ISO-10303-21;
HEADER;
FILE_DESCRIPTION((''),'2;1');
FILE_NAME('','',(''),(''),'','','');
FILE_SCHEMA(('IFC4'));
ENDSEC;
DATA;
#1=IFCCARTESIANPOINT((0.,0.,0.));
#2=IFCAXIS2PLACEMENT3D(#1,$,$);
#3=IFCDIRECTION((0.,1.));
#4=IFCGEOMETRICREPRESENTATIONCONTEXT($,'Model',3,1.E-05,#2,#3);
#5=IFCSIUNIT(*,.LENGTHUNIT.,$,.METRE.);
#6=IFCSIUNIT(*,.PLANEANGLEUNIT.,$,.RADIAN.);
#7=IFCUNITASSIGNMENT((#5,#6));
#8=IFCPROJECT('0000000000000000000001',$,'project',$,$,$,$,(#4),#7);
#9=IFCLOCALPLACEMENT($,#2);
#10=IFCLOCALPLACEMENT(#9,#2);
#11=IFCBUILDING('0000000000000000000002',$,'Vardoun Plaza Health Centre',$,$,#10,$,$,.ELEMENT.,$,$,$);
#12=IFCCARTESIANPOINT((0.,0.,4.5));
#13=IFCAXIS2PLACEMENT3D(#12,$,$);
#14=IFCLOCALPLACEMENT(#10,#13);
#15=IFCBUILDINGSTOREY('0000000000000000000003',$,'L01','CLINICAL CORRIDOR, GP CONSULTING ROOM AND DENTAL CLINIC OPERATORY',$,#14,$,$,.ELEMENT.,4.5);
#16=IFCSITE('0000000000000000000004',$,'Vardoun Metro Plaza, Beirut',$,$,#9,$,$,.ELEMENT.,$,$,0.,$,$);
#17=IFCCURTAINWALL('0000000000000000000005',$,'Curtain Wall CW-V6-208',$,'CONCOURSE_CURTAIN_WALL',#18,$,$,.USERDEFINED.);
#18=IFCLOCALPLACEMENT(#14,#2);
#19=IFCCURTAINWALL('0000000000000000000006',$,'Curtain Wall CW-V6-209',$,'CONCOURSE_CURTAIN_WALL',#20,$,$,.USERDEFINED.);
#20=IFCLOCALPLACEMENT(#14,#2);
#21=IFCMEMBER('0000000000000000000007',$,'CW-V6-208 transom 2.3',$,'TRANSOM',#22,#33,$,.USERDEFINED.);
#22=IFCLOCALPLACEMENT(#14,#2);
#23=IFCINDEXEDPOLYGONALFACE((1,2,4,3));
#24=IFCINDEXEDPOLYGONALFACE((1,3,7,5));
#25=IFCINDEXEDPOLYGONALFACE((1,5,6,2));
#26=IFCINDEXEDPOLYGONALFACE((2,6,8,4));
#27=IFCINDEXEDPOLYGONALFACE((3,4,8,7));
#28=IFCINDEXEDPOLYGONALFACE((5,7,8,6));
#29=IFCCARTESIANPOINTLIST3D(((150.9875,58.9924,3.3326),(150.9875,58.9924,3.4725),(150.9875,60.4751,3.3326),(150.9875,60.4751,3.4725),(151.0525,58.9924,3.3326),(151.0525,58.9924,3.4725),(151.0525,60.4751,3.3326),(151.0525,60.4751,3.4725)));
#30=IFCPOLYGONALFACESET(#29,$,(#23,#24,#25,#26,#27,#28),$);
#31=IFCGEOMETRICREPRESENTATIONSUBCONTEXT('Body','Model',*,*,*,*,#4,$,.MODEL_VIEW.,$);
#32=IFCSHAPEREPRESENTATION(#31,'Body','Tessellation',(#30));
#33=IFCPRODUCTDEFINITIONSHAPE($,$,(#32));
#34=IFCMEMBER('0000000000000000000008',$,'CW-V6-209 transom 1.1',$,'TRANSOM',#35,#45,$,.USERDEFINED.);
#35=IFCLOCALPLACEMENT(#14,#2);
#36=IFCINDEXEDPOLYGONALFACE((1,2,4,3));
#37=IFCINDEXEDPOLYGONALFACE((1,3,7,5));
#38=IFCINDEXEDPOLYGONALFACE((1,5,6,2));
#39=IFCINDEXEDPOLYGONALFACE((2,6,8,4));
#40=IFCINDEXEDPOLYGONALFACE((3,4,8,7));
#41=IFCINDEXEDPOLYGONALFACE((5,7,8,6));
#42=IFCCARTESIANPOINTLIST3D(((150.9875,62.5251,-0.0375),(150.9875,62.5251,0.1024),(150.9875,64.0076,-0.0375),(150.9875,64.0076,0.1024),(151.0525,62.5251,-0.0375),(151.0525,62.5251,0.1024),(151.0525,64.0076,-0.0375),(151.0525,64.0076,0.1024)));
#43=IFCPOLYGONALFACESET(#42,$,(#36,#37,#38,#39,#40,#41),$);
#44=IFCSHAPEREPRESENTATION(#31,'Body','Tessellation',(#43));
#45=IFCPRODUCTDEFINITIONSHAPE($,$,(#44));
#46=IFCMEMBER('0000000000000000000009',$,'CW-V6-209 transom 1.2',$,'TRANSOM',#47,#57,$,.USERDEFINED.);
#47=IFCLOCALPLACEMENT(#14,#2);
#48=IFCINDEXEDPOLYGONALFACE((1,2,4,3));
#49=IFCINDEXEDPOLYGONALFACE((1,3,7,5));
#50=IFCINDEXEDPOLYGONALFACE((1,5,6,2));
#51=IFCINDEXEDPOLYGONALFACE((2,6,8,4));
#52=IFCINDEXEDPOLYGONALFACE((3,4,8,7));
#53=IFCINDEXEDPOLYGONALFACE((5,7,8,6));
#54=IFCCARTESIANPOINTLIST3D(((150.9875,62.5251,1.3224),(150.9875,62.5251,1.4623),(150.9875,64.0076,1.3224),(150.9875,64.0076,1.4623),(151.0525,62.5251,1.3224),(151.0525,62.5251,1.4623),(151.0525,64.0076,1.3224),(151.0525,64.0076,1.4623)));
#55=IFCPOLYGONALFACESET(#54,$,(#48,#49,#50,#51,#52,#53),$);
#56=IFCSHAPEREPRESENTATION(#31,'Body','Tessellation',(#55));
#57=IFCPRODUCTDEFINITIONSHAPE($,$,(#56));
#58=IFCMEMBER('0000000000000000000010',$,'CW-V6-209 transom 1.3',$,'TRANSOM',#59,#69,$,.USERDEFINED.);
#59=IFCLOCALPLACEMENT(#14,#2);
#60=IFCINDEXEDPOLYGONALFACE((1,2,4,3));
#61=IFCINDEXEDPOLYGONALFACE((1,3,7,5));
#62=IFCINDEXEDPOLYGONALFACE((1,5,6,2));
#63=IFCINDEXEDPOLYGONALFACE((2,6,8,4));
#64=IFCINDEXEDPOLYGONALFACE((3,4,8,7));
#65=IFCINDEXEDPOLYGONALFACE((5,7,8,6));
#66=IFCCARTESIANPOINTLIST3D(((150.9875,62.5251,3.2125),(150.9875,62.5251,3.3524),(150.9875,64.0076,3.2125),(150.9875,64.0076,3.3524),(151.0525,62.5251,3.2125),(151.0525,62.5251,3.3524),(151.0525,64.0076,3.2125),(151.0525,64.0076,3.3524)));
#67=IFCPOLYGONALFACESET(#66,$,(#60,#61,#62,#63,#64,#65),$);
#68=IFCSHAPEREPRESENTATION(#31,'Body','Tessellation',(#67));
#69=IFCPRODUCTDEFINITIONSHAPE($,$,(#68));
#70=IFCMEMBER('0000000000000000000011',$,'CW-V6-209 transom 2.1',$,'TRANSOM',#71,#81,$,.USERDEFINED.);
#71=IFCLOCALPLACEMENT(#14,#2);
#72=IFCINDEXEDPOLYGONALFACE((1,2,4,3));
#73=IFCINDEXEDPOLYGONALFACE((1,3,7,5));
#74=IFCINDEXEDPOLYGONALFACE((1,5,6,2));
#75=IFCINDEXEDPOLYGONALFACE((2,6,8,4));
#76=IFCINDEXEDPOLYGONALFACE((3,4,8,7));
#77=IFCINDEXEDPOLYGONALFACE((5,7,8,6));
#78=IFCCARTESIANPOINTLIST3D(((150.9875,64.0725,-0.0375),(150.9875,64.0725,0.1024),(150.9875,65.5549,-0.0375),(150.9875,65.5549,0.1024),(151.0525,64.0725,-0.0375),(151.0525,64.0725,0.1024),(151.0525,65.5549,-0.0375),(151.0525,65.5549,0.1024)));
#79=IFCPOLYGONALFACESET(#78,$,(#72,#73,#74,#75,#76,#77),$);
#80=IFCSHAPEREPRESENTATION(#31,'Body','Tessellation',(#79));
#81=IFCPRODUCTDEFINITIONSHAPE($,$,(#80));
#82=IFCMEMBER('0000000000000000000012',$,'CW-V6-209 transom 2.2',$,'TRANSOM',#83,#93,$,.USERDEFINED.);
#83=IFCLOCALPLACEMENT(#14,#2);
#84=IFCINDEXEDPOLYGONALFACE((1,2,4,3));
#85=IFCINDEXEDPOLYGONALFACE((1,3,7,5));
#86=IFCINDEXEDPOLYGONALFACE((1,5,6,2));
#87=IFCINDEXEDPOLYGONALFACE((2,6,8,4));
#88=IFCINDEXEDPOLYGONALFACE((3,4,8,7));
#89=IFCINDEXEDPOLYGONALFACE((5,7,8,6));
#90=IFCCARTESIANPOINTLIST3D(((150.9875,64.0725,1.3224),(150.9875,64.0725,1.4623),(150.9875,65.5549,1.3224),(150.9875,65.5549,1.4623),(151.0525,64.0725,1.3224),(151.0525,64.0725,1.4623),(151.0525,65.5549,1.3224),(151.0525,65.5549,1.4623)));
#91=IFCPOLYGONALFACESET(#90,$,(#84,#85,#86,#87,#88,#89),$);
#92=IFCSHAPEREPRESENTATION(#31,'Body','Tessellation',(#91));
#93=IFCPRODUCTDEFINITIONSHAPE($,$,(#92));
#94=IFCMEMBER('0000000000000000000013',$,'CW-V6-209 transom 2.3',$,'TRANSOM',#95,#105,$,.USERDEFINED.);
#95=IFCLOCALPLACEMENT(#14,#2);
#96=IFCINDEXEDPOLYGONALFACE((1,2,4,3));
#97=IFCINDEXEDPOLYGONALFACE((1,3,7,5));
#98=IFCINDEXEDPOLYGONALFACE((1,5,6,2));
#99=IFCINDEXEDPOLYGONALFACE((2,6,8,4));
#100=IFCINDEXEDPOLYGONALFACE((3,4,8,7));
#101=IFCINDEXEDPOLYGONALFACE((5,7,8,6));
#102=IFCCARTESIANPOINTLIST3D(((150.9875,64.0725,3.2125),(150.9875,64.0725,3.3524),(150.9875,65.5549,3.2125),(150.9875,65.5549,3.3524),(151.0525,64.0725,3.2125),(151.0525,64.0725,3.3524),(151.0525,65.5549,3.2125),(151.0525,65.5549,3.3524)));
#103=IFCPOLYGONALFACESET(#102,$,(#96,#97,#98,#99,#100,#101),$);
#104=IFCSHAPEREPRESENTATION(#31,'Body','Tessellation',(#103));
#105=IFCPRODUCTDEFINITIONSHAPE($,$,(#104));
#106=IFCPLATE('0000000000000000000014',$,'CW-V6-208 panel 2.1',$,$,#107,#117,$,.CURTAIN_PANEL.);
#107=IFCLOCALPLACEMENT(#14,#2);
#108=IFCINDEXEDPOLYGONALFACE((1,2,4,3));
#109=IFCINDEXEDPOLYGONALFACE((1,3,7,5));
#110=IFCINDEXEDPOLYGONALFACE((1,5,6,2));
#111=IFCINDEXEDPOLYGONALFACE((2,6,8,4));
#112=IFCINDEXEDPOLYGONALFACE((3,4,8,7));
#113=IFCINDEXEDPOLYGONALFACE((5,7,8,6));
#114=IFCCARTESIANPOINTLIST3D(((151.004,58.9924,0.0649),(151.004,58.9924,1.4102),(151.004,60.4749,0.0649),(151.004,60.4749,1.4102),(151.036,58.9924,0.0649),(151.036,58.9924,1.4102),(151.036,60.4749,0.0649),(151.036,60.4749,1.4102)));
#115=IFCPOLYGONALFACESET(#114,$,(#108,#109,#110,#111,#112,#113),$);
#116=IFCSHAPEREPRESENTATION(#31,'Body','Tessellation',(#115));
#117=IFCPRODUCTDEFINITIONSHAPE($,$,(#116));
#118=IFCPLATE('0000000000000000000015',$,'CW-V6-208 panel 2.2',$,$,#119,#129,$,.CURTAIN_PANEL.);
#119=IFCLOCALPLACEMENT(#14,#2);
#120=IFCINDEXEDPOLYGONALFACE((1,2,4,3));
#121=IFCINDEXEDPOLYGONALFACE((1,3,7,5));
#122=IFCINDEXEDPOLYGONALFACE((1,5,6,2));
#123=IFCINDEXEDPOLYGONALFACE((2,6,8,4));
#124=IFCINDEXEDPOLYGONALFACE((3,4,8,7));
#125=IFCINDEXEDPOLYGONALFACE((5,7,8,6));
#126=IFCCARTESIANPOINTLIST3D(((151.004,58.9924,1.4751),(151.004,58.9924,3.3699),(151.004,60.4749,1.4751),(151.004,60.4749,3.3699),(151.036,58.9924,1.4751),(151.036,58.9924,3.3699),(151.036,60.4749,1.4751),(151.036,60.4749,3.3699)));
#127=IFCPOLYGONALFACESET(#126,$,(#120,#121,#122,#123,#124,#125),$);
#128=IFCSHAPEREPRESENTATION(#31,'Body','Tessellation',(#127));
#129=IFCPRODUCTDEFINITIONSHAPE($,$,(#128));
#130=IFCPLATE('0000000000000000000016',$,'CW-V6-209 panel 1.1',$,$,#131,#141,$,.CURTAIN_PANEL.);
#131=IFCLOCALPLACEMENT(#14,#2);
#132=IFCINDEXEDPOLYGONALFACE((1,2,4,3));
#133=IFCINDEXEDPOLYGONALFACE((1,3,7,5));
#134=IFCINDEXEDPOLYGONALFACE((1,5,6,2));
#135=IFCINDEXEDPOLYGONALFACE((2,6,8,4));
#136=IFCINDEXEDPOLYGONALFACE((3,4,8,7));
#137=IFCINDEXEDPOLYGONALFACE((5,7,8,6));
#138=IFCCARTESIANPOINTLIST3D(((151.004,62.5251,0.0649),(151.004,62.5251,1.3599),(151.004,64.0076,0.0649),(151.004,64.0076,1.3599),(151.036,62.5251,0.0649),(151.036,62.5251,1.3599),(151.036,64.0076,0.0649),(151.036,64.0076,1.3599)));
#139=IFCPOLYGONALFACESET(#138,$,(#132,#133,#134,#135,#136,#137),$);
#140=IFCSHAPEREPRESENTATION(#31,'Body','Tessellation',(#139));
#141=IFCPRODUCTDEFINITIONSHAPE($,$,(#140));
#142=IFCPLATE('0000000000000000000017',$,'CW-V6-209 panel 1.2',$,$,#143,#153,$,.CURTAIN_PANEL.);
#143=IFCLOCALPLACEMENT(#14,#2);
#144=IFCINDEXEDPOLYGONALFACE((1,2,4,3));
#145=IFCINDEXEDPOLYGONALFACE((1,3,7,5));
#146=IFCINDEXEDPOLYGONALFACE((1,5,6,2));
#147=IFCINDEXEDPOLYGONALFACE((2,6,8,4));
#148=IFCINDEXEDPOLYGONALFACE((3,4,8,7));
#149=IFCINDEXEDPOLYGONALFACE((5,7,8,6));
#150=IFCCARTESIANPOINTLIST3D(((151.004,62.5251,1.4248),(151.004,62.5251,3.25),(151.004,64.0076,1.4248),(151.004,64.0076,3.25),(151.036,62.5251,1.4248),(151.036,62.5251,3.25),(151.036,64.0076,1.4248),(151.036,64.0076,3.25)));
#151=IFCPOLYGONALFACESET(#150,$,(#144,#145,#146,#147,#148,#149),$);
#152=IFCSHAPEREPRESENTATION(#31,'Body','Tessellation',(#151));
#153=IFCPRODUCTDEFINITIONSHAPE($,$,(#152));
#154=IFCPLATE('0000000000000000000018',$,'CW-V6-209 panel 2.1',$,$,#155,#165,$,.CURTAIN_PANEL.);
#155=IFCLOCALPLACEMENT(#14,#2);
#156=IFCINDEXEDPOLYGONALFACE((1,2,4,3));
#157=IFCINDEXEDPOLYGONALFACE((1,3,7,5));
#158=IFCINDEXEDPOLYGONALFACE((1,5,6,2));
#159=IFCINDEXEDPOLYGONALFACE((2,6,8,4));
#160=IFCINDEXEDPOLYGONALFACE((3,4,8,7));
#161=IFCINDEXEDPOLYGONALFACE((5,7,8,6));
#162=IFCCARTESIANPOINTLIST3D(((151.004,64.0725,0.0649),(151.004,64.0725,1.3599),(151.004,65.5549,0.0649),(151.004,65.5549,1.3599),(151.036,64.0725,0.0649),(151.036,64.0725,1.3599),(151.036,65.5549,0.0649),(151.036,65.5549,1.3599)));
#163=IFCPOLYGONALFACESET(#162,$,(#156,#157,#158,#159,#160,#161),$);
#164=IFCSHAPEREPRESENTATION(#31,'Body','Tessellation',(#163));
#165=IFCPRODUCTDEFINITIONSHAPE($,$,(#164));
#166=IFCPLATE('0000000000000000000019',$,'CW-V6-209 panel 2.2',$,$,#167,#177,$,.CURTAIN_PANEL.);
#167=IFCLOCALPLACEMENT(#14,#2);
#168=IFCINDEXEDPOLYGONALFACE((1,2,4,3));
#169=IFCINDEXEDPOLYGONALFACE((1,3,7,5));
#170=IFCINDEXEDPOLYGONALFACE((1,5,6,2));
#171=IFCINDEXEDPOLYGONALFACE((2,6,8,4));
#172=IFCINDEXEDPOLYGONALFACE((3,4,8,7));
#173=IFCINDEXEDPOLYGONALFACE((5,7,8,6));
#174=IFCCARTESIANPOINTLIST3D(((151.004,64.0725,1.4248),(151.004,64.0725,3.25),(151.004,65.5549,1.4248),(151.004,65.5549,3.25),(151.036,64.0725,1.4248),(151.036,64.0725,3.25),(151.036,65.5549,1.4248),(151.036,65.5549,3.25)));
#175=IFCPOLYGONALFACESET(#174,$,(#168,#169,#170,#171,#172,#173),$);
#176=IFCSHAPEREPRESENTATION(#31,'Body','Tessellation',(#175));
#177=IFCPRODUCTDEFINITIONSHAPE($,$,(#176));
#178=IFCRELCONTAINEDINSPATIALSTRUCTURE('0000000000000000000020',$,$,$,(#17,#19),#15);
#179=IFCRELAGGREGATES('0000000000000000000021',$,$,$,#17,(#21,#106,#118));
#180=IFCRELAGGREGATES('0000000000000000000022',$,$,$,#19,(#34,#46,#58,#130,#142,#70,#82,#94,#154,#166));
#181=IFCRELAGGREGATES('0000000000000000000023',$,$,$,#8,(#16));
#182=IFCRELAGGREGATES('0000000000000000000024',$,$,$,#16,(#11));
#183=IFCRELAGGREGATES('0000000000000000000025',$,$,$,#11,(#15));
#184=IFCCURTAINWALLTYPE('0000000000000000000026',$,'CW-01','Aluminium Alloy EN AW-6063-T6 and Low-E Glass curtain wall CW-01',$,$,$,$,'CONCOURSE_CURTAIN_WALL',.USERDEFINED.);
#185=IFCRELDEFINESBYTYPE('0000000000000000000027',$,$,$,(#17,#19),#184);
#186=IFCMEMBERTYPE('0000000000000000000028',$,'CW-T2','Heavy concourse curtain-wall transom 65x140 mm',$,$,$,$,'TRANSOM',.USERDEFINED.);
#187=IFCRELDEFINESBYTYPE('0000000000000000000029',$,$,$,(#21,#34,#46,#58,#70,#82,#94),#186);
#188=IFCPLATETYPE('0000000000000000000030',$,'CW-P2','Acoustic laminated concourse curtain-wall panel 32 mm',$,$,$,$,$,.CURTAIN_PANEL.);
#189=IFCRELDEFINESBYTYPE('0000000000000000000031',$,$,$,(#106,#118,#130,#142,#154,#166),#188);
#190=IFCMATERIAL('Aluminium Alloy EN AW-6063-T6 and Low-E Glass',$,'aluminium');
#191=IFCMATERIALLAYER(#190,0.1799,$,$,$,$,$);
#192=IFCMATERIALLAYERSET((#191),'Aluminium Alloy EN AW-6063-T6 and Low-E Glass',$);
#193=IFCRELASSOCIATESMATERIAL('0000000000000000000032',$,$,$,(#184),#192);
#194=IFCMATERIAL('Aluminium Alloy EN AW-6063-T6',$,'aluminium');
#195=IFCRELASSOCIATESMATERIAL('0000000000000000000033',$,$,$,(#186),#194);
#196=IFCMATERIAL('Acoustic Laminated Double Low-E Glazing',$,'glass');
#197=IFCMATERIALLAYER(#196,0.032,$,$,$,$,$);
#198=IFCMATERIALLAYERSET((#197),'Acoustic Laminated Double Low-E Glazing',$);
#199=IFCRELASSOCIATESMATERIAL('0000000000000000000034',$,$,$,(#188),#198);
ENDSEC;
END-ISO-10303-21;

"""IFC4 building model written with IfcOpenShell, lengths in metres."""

from ifc_helpers import new_model, si_unit, direction, frame, origin, origin_2d, place, context, subcontext, project, spatial, rectangle, extrude, material, layer, layer_set, material_profile, profile_set, type_object, element, aggregate, save


model = new_model("IFC4")

# Units and contexts
model_context = context("Model", 3, precision=1e-05, world=origin(), true_north=direction((0.0, 1.0)))
body_context = subcontext(model_context, "Body", "Model", "MODEL_VIEW")
ifc_project = project(units=[si_unit("LENGTHUNIT", "METRE"), si_unit("PLANEANGLEUNIT", "RADIAN")], contexts=[model_context])

# Site, building, storey
site_placement = place(None, origin())
site = spatial("IfcSite", under=ifc_project, at=site_placement, Name="Vardoun Metro Plaza, Beirut", CompositionType="ELEMENT", RefElevation=0.0)
building_placement = place(site_placement, origin())
building = spatial("IfcBuilding", under=site, at=building_placement, Name="Vardoun Plaza Health Centre", CompositionType="ELEMENT")
storey_placement = place(building_placement, frame((0.0, 0.0, 4.5)))
storey = spatial("IfcBuildingStorey", under=building, at=storey_placement, Name="L01", Description="CLINICAL CORRIDOR, GP CONSULTING ROOM AND DENTAL CLINIC OPERATORY", CompositionType="ELEMENT", Elevation=4.5)

# Curtain wall
ifc_material_1 = material(Name="Aluminium Alloy EN AW-6063-T6 and Low-E Glass", Category="aluminium")
ifc_layer_1 = layer(ifc_material_1, 0.1799)
ifc_layer_set_1 = layer_set([ifc_layer_1], Name="Aluminium Alloy EN AW-6063-T6 and Low-E Glass")
curtain_wall_type = type_object("IfcCurtainWallType", Name="CW-01", Description="Aluminium Alloy EN AW-6063-T6 and Low-E Glass curtain wall CW-01", ElementType="CONCOURSE_CURTAIN_WALL", PredefinedType="USERDEFINED", material=ifc_layer_set_1)
curtain_wall_1_placement = place(storey_placement, origin())
curtain_wall_1 = element("IfcCurtainWall", 1, at=curtain_wall_1_placement, inside=storey, type_object=curtain_wall_type, Name="Curtain Wall CW-V6-208", ObjectType="CONCOURSE_CURTAIN_WALL", PredefinedType="USERDEFINED")

# Curtain wall
curtain_wall_2_placement = place(storey_placement, origin())
curtain_wall_2 = element("IfcCurtainWall", 2, at=curtain_wall_2_placement, inside=storey, type_object=curtain_wall_type, Name="Curtain Wall CW-V6-209", ObjectType="CONCOURSE_CURTAIN_WALL", PredefinedType="USERDEFINED")

# Members
ifc_material_2 = material(Name="Aluminium Alloy EN AW-6063-T6", Category="aluminium")
ifc_material_profile_1 = material_profile(ifc_material_2, rectangle(XDim=0.0649, YDim=0.1399, at=origin_2d()), Name="CWT 65x140")
ifc_profile_set_1 = profile_set([ifc_material_profile_1], Name="Aluminium Alloy EN AW-6063-T6")
member_type_1 = type_object("IfcMemberType", Name="CW-T2", Description="Heavy concourse curtain-wall transom 65x140 mm", ElementType="TRANSOM", PredefinedType="USERDEFINED", material=ifc_profile_set_1)
member_1_placement = place(storey_placement, frame((151.02, 58.9924, 3.4026), z_axis=(0.0, 1.0, 0.0), x_axis=(-1.0, 0.0, 0.0)))
member_1 = element("IfcMember", 3, at=member_1_placement, type_object=member_type_1, Name="CW-V6-208 transom 2.3", ObjectType="TRANSOM", PredefinedType="USERDEFINED", context=body_context, shape_type="SweptSolid", body=[
    extrude(rectangle(XDim=0.0649, YDim=0.1399, at=origin_2d()), origin(), (0.0, 0.0, 1.0), 1.4827),
])
member_2_placement = place(storey_placement, frame((151.02, 62.5251, 0.0325), z_axis=(0.0, 1.0, 0.0), x_axis=(-1.0, 0.0, 0.0)))
member_2 = element("IfcMember", 4, at=member_2_placement, type_object=member_type_1, Name="CW-V6-209 transom 1.1", ObjectType="TRANSOM", PredefinedType="USERDEFINED", context=body_context, shape_type="SweptSolid", body=[
    extrude(rectangle(XDim=0.0649, YDim=0.1399, at=origin_2d()), origin(), (0.0, 0.0, 1.0), 1.4824),
])
member_3_placement = place(storey_placement, frame((151.02, 62.5251, 1.3923), z_axis=(0.0, 1.0, 0.0), x_axis=(-1.0, 0.0, 0.0)))
member_3 = element("IfcMember", 5, at=member_3_placement, type_object=member_type_1, Name="CW-V6-209 transom 1.2", ObjectType="TRANSOM", PredefinedType="USERDEFINED", context=body_context, shape_type="SweptSolid", body=[
    extrude(rectangle(XDim=0.0649, YDim=0.1399, at=origin_2d()), origin(), (0.0, 0.0, 1.0), 1.4824),
])
member_4_placement = place(storey_placement, frame((151.02, 62.5251, 3.2825), z_axis=(0.0, 1.0, 0.0), x_axis=(-1.0, 0.0, 0.0)))
member_4 = element("IfcMember", 6, at=member_4_placement, type_object=member_type_1, Name="CW-V6-209 transom 1.3", ObjectType="TRANSOM", PredefinedType="USERDEFINED", context=body_context, shape_type="SweptSolid", body=[
    extrude(rectangle(XDim=0.0649, YDim=0.1399, at=origin_2d()), origin(), (0.0, 0.0, 1.0), 1.4824),
])
member_5_placement = place(storey_placement, frame((151.02, 64.0725, 0.0325), z_axis=(0.0, 1.0, 0.0), x_axis=(-1.0, 0.0, 0.0)))
member_5 = element("IfcMember", 7, at=member_5_placement, type_object=member_type_1, Name="CW-V6-209 transom 2.1", ObjectType="TRANSOM", PredefinedType="USERDEFINED", context=body_context, shape_type="SweptSolid", body=[
    extrude(rectangle(XDim=0.0649, YDim=0.1399, at=origin_2d()), origin(), (0.0, 0.0, 1.0), 1.4824),
])
member_6_placement = place(storey_placement, frame((151.02, 64.0725, 1.3923), z_axis=(0.0, 1.0, 0.0), x_axis=(-1.0, 0.0, 0.0)))
member_6 = element("IfcMember", 8, at=member_6_placement, type_object=member_type_1, Name="CW-V6-209 transom 2.2", ObjectType="TRANSOM", PredefinedType="USERDEFINED", context=body_context, shape_type="SweptSolid", body=[
    extrude(rectangle(XDim=0.0649, YDim=0.1399, at=origin_2d()), origin(), (0.0, 0.0, 1.0), 1.4824),
])
member_7_placement = place(storey_placement, frame((151.02, 64.0725, 3.2825), z_axis=(0.0, 1.0, 0.0), x_axis=(-1.0, 0.0, 0.0)))
member_7 = element("IfcMember", 9, at=member_7_placement, type_object=member_type_1, Name="CW-V6-209 transom 2.3", ObjectType="TRANSOM", PredefinedType="USERDEFINED", context=body_context, shape_type="SweptSolid", body=[
    extrude(rectangle(XDim=0.0649, YDim=0.1399, at=origin_2d()), origin(), (0.0, 0.0, 1.0), 1.4824),
])

# Plates
ifc_material_3 = material(Name="Acoustic Laminated Double Low-E Glazing", Category="glass")
ifc_layer_2 = layer(ifc_material_3, 0.032)
ifc_layer_set_2 = layer_set([ifc_layer_2], Name="Acoustic Laminated Double Low-E Glazing")
plate_type = type_object("IfcPlateType", Name="CW-P2", Description="Acoustic laminated concourse curtain-wall panel 32 mm", PredefinedType="CURTAIN_PANEL", material=ifc_layer_set_2)
plate_1_placement = place(storey_placement, frame((151.02, 59.7336, 0.0649), z_axis=(0.0, 0.0, 1.0), x_axis=(0.0, 1.0, 0.0)))
plate_1 = element("IfcPlate", 10, at=plate_1_placement, type_object=plate_type, Name="CW-V6-208 panel 2.1", PredefinedType="CURTAIN_PANEL", context=body_context, shape_type="SweptSolid", body=[
    extrude(rectangle(XDim=1.4824, YDim=0.032, at=origin_2d()), origin(), (0.0, 0.0, 1.0), 1.3452),
])
plate_2_placement = place(storey_placement, frame((151.02, 59.7336, 1.4751), z_axis=(0.0, 0.0, 1.0), x_axis=(0.0, 1.0, 0.0)))
plate_2 = element("IfcPlate", 11, at=plate_2_placement, type_object=plate_type, Name="CW-V6-208 panel 2.2", PredefinedType="CURTAIN_PANEL", context=body_context, shape_type="SweptSolid", body=[
    extrude(rectangle(XDim=1.4824, YDim=0.032, at=origin_2d()), origin(), (0.0, 0.0, 1.0), 1.8948),
])
aggregate(curtain_wall_1, [member_1, plate_1, plate_2])
plate_3_placement = place(storey_placement, frame((151.02, 63.2664, 0.0649), z_axis=(0.0, 0.0, 1.0), x_axis=(0.0, 1.0, 0.0)))
plate_3 = element("IfcPlate", 12, at=plate_3_placement, type_object=plate_type, Name="CW-V6-209 panel 1.1", PredefinedType="CURTAIN_PANEL", context=body_context, shape_type="SweptSolid", body=[
    extrude(rectangle(XDim=1.4824, YDim=0.032, at=origin_2d()), origin(), (0.0, 0.0, 1.0), 1.2949),
])
plate_4_placement = place(storey_placement, frame((151.02, 63.2664, 1.4248), z_axis=(0.0, 0.0, 1.0), x_axis=(0.0, 1.0, 0.0)))
plate_4 = element("IfcPlate", 13, at=plate_4_placement, type_object=plate_type, Name="CW-V6-209 panel 1.2", PredefinedType="CURTAIN_PANEL", context=body_context, shape_type="SweptSolid", body=[
    extrude(rectangle(XDim=1.4824, YDim=0.032, at=origin_2d()), origin(), (0.0, 0.0, 1.0), 1.8252),
])
plate_5_placement = place(storey_placement, frame((151.02, 64.8137, 0.0649), z_axis=(0.0, 0.0, 1.0), x_axis=(0.0, 1.0, 0.0)))
plate_5 = element("IfcPlate", 14, at=plate_5_placement, type_object=plate_type, Name="CW-V6-209 panel 2.1", PredefinedType="CURTAIN_PANEL", context=body_context, shape_type="SweptSolid", body=[
    extrude(rectangle(XDim=1.4824, YDim=0.032, at=origin_2d()), origin(), (0.0, 0.0, 1.0), 1.2949),
])
plate_6_placement = place(storey_placement, frame((151.02, 64.8137, 1.4248), z_axis=(0.0, 0.0, 1.0), x_axis=(0.0, 1.0, 0.0)))
plate_6 = element("IfcPlate", 15, at=plate_6_placement, type_object=plate_type, Name="CW-V6-209 panel 2.2", PredefinedType="CURTAIN_PANEL", context=body_context, shape_type="SweptSolid", body=[
    extrude(rectangle(XDim=1.4824, YDim=0.032, at=origin_2d()), origin(), (0.0, 0.0, 1.0), 1.8252),
])
aggregate(curtain_wall_2, [member_2, member_3, member_4, plate_3, plate_4, member_5, member_6, member_7, plate_5, plate_6])

save(model, "model.ifc")
